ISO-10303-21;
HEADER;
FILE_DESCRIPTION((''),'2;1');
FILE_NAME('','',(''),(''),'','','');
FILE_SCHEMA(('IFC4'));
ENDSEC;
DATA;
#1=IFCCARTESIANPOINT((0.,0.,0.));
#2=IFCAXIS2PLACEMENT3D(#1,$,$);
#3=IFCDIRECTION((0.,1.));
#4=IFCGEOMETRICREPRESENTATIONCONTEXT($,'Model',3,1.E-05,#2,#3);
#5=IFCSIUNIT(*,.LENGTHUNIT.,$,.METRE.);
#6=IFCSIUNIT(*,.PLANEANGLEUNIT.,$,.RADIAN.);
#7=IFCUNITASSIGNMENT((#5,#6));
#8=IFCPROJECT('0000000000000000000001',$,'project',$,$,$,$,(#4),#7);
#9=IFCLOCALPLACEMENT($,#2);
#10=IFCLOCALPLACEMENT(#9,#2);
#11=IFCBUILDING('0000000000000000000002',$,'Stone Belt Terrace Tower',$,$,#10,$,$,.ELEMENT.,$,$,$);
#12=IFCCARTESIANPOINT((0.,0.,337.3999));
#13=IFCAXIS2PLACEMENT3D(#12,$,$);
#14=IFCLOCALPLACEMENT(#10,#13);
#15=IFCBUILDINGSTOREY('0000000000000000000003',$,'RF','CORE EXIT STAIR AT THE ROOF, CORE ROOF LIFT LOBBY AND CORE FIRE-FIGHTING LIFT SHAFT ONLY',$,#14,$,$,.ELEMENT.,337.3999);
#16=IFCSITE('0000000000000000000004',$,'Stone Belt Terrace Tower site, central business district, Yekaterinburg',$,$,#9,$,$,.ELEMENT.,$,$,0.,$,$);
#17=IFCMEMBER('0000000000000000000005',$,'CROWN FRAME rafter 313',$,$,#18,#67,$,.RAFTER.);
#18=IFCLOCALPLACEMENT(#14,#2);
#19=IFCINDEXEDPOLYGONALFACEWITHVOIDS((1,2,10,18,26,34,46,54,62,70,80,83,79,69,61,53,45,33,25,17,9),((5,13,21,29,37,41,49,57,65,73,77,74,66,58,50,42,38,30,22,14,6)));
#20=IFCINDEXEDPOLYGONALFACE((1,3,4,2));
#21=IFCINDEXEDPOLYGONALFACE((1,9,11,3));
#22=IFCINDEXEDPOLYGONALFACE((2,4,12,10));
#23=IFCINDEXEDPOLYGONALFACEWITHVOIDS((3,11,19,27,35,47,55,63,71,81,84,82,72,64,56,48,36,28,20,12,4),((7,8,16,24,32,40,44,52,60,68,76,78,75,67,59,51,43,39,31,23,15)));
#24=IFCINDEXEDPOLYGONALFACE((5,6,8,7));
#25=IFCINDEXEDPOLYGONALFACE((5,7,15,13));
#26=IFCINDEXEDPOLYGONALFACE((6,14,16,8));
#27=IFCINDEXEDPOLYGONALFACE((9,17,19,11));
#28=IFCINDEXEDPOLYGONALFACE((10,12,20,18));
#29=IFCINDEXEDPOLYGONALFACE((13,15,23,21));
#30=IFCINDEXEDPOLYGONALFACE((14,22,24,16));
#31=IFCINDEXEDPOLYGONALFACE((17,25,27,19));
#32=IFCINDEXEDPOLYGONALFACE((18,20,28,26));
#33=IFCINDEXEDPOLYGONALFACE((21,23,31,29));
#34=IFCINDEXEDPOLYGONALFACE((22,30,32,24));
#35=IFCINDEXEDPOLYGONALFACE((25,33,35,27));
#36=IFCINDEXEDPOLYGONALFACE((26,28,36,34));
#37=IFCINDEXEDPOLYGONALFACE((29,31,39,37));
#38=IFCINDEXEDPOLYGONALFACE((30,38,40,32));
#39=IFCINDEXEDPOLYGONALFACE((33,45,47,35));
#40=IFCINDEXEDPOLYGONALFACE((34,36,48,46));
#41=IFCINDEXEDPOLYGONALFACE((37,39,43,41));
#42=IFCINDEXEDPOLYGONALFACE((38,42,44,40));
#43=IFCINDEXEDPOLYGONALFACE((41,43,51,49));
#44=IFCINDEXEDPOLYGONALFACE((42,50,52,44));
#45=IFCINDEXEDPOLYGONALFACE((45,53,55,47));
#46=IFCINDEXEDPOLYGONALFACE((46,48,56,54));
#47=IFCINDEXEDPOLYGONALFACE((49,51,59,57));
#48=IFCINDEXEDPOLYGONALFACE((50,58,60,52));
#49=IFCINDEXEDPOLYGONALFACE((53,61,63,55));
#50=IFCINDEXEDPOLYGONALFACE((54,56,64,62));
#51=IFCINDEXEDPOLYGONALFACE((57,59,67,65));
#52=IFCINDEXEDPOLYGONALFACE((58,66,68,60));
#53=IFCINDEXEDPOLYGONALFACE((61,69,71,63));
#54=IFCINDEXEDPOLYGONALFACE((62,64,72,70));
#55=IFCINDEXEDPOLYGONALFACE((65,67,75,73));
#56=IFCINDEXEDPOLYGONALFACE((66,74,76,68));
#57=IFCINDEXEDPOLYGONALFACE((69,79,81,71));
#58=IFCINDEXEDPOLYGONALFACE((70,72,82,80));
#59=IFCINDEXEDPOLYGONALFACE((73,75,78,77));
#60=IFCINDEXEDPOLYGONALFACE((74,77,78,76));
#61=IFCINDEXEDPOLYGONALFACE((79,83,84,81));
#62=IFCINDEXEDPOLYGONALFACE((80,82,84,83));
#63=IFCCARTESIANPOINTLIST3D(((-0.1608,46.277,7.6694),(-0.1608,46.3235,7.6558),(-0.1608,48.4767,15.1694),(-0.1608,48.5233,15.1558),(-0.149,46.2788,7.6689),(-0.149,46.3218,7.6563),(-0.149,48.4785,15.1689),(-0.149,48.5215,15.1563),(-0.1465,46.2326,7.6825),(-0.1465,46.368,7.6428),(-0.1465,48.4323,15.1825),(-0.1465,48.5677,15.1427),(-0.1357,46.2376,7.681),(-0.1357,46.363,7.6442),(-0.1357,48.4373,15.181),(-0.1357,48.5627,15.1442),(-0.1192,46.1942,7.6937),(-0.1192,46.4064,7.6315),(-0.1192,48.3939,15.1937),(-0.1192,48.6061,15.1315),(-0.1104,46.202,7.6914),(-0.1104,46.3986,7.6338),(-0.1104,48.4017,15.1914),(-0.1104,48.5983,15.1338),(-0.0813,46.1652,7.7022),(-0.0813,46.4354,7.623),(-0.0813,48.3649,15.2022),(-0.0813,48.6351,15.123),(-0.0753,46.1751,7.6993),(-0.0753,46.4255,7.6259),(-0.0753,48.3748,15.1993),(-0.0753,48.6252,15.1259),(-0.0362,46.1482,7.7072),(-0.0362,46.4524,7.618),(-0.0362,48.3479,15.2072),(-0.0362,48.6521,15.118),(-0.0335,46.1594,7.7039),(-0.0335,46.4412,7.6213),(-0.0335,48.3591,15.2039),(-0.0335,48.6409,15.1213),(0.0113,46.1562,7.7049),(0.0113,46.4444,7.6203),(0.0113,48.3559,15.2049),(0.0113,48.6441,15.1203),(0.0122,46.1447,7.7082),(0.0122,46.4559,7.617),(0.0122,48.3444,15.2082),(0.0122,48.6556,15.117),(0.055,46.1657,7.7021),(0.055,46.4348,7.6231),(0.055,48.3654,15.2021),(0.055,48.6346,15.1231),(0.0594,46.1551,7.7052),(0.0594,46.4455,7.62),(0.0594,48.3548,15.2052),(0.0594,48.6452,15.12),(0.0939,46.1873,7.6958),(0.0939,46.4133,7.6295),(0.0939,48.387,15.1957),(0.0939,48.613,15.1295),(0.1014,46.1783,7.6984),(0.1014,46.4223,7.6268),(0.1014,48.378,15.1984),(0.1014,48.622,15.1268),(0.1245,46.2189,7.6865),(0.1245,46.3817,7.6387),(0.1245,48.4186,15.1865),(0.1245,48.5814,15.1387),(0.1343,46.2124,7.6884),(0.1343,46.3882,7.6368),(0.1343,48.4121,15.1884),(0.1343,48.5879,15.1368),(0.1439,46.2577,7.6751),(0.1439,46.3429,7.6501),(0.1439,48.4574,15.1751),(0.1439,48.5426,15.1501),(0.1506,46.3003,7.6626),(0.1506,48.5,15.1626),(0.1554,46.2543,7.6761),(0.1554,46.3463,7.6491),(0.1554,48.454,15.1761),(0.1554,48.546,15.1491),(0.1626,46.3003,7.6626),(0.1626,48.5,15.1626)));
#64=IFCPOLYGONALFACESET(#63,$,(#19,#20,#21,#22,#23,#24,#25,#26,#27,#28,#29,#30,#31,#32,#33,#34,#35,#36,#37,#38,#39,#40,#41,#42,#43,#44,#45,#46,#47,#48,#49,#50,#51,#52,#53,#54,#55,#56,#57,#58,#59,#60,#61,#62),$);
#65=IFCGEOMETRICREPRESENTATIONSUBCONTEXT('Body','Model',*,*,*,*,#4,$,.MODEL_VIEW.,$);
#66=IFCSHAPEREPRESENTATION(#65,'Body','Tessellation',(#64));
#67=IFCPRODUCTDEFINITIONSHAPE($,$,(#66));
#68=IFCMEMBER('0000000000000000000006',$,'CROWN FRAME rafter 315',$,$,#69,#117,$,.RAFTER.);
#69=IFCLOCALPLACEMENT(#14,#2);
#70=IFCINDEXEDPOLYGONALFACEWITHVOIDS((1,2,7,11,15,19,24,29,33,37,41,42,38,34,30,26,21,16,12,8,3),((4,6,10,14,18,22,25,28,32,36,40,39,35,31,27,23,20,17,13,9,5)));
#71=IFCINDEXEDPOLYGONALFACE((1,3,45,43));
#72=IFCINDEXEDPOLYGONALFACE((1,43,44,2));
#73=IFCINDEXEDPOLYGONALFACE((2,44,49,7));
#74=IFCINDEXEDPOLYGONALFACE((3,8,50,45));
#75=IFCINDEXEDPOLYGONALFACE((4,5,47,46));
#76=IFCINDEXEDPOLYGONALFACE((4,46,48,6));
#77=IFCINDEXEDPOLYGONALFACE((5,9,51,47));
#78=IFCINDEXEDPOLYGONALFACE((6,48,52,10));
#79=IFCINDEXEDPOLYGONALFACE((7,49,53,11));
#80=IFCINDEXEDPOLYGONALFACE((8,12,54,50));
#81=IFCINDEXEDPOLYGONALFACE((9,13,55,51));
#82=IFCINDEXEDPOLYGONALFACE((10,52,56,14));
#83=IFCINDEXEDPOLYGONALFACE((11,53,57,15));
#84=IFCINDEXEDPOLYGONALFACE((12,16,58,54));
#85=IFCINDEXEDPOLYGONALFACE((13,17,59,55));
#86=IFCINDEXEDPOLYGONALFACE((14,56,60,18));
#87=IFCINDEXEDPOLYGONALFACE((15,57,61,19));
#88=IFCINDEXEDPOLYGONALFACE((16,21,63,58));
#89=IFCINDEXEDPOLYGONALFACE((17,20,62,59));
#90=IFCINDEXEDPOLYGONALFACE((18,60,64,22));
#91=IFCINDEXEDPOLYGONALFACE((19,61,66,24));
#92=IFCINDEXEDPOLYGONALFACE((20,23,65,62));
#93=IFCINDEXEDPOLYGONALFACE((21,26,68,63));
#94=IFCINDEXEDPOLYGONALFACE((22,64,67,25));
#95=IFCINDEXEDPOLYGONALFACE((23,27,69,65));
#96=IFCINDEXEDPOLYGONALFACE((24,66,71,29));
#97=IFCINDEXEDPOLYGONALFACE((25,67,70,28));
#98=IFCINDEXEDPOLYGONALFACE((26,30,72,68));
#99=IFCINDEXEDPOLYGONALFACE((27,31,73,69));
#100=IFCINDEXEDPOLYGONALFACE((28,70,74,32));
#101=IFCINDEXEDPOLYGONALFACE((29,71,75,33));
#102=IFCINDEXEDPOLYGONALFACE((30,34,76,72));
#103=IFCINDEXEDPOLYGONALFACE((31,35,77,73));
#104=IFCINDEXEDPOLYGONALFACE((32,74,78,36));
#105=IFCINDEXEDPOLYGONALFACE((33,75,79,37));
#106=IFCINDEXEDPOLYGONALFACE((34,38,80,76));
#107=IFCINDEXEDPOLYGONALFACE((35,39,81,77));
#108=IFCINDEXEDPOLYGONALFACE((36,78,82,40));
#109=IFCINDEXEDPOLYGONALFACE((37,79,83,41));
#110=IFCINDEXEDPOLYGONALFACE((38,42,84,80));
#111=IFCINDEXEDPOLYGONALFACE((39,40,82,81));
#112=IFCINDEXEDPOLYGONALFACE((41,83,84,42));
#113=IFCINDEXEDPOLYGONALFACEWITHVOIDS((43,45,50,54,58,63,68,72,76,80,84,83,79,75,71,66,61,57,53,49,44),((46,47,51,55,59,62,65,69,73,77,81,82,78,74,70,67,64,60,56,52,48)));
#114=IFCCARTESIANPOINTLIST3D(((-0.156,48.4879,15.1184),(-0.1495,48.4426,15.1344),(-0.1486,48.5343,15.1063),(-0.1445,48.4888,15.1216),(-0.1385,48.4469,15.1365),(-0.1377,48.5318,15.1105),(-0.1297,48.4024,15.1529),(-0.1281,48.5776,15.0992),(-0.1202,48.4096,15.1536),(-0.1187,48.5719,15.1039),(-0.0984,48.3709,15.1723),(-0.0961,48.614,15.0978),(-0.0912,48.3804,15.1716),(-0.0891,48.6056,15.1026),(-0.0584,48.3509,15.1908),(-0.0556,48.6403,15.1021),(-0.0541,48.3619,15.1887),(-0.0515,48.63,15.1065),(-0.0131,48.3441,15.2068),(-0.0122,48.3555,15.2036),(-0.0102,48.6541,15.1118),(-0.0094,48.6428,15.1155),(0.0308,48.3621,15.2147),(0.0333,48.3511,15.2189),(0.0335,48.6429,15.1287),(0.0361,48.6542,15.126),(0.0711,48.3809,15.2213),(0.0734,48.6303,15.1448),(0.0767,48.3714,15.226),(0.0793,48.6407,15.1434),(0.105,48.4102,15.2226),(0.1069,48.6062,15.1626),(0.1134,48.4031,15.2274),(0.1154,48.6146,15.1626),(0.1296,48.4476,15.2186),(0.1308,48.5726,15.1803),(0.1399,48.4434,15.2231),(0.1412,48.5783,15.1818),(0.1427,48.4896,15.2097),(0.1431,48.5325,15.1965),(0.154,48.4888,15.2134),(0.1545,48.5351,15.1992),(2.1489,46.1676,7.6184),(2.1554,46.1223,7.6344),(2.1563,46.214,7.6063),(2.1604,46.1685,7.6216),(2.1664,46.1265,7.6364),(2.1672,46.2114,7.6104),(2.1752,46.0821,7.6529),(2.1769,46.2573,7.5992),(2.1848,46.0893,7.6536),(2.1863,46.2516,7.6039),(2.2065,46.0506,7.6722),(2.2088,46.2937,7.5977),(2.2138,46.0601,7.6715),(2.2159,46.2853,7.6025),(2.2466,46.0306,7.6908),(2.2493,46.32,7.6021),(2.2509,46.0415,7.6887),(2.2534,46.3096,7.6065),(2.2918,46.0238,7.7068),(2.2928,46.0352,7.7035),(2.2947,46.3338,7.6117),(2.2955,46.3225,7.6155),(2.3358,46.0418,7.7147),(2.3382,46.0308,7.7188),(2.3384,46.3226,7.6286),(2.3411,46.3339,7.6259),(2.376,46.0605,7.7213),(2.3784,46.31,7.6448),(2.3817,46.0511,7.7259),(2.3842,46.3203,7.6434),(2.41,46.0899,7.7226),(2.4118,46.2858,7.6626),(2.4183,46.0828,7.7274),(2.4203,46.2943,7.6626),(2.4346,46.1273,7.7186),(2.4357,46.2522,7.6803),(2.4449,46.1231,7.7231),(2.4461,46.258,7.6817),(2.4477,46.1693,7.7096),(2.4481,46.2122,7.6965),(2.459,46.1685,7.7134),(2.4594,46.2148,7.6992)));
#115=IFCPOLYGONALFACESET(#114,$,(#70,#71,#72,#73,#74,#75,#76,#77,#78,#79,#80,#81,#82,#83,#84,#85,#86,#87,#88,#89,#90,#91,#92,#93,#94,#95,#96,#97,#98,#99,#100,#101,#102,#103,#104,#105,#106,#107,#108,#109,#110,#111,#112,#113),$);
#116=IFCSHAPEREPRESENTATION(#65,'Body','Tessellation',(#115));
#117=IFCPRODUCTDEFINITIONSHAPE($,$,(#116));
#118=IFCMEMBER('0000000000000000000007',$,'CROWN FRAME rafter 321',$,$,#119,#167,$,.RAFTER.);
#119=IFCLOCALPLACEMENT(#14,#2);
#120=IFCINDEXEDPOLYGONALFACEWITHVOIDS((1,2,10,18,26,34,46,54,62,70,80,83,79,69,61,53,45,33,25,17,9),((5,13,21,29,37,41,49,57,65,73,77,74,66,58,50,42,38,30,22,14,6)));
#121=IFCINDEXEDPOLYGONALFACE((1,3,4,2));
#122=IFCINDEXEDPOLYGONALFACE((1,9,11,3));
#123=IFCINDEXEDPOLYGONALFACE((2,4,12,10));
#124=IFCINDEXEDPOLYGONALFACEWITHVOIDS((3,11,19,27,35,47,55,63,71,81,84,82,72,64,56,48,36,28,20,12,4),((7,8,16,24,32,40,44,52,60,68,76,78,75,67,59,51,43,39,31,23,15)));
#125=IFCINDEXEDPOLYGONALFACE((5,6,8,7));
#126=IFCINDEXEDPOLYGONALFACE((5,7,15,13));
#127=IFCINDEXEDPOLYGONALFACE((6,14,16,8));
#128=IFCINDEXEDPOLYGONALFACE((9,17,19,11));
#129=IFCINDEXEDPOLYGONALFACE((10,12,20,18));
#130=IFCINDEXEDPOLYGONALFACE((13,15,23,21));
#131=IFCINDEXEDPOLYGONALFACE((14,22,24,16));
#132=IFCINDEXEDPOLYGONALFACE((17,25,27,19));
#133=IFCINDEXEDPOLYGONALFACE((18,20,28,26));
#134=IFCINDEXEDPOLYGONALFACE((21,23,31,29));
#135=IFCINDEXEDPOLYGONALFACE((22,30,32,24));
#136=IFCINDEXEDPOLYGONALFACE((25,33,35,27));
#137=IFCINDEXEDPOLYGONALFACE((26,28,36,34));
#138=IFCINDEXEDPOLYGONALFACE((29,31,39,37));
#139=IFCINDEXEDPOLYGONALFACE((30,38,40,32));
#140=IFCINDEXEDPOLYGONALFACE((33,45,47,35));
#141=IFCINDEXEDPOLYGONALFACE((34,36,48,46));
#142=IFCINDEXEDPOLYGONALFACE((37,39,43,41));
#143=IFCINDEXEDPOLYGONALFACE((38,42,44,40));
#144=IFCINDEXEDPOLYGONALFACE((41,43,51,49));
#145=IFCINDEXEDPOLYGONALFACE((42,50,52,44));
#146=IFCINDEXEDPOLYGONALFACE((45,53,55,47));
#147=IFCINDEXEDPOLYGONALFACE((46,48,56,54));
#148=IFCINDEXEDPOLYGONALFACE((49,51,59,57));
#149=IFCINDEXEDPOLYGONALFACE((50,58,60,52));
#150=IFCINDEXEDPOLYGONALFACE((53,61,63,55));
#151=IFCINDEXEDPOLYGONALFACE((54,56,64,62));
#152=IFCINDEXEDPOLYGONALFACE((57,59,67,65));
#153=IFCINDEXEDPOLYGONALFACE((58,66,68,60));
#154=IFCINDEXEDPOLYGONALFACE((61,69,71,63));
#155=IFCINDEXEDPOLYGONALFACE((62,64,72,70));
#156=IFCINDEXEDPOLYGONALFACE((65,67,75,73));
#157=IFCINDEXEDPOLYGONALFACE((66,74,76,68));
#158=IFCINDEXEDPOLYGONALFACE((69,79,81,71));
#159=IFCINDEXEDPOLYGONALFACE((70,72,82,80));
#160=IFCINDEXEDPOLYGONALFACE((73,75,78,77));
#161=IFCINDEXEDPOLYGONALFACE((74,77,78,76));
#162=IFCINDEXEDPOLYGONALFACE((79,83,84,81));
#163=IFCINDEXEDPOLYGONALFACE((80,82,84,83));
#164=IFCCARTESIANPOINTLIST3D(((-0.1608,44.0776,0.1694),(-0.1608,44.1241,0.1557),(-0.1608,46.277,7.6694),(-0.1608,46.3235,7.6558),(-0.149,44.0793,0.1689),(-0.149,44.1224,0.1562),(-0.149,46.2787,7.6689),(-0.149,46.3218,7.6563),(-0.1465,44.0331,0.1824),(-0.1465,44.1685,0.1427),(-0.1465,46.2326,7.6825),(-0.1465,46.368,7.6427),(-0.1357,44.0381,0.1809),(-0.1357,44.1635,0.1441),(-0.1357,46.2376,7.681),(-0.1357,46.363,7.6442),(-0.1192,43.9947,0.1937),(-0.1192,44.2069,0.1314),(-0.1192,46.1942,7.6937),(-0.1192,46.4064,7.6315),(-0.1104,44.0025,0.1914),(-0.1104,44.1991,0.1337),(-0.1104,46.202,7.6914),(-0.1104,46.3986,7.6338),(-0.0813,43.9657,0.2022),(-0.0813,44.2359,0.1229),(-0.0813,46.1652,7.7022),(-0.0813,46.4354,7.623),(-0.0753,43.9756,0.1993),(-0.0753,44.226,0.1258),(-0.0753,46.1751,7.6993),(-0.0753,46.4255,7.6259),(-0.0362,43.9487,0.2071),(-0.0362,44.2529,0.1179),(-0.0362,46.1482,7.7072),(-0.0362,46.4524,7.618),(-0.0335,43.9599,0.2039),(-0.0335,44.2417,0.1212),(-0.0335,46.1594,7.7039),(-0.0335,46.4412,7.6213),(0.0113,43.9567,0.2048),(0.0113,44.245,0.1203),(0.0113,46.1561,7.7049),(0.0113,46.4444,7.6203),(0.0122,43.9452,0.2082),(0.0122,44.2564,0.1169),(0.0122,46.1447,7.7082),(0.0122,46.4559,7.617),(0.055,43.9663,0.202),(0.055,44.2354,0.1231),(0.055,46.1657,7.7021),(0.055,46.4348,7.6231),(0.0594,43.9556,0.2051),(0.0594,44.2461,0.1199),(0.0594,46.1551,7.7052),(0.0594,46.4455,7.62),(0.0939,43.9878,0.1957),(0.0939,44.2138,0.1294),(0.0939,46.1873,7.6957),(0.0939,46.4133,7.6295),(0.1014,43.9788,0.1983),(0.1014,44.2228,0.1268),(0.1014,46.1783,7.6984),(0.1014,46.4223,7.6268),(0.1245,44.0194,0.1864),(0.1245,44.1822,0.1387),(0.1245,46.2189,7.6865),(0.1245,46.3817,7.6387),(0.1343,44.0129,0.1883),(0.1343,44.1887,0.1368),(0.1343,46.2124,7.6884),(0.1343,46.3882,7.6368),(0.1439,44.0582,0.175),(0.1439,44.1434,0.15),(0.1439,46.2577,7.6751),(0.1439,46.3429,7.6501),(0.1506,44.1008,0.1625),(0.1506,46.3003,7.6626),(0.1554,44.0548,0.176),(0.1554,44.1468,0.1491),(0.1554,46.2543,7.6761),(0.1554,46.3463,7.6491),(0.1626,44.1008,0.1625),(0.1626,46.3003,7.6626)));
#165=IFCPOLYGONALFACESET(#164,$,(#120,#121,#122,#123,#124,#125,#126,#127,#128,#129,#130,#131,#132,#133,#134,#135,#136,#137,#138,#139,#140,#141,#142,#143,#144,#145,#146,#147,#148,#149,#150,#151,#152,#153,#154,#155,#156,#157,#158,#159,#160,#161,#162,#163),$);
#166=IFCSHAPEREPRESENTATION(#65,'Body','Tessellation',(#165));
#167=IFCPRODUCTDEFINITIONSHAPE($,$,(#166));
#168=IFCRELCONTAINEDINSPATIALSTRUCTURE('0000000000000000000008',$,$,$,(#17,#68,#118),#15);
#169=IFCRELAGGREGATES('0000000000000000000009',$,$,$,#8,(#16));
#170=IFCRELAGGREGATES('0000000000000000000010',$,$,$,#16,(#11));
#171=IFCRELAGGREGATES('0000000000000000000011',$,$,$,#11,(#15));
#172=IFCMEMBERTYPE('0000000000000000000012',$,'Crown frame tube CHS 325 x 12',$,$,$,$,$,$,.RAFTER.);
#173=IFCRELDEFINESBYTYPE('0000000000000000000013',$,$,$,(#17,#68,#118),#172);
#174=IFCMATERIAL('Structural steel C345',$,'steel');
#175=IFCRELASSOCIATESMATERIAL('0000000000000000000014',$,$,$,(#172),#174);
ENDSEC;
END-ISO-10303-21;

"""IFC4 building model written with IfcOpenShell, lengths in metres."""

from ifc_helpers import new_model, si_unit, direction, frame, origin, origin_2d, place, context, subcontext, project, spatial, hollow_circle, extrude, material, material_profile, profile_set, type_object, element, save


model = new_model("IFC4")

# Units and contexts
model_context = context("Model", 3, precision=1e-05, world=origin(), true_north=direction((0.0, 1.0)))
body_context = subcontext(model_context, "Body", "Model", "MODEL_VIEW")
ifc_project = project(units=[si_unit("LENGTHUNIT", "METRE"), si_unit("PLANEANGLEUNIT", "RADIAN")], contexts=[model_context])

# Site, building, storey
site_placement = place(None, origin())
site = spatial("IfcSite", under=ifc_project, at=site_placement, Name="Stone Belt Terrace Tower site, central business district, Yekaterinburg", CompositionType="ELEMENT", RefElevation=0.0)
building_placement = place(site_placement, origin())
building = spatial("IfcBuilding", under=site, at=building_placement, Name="Stone Belt Terrace Tower", CompositionType="ELEMENT")
storey_placement = place(building_placement, frame((0.0, 0.0, 337.3999)))
storey = spatial("IfcBuildingStorey", under=building, at=storey_placement, Name="RF", Description="CORE EXIT STAIR AT THE ROOF, CORE ROOF LIFT LOBBY AND CORE FIRE-FIGHTING LIFT SHAFT ONLY", CompositionType="ELEMENT", Elevation=337.3999)

# Members
ifc_material_1 = material(Name="Structural steel C345", Category="steel")
ifc_material_profile_1 = material_profile(ifc_material_1, hollow_circle(Radius=0.1626, WallThickness=0.012, at=origin_2d()), Name="Structural steel C345 CHS 325x12")
ifc_profile_set_1 = profile_set([ifc_material_profile_1], Name="Structural steel C345")
member_type_1 = type_object("IfcMemberType", Name="Crown frame tube CHS 325 x 12", PredefinedType="RAFTER", material=ifc_profile_set_1)
member_1_placement = place(storey_placement, frame((0.0, 48.5, 15.1626), z_axis=(0.0, -0.281439, -0.959579), x_axis=(1.0, 0.0, 0.0)))
element("IfcMember", 1, at=member_1_placement, inside=storey, type_object=member_type_1, Name="CROWN FRAME rafter 313", PredefinedType="RAFTER", context=body_context, shape_type="SweptSolid", body=[
    extrude(hollow_circle(Radius=0.1626, WallThickness=0.012, at=origin_2d()), origin(), (0.0, 0.0, 1.0), 7.8159),
])
member_2_placement = place(storey_placement, frame((0.0, 48.5, 15.1626), z_axis=(0.281705, -0.283584, -0.916636), x_axis=(0.709454, 0.704751, 0.0)))
element("IfcMember", 2, at=member_2_placement, inside=storey, type_object=member_type_1, Name="CROWN FRAME rafter 315", PredefinedType="RAFTER", context=body_context, shape_type="SweptSolid", body=[
    extrude(hollow_circle(Radius=0.1626, WallThickness=0.012, at=origin_2d()), origin(), (0.0, 0.0, 1.0), 8.1821),
])
member_3_placement = place(storey_placement, frame((0.0, 46.3003, 7.6626), z_axis=(0.0, -0.28141, -0.959588), x_axis=(1.0, 0.0, 0.0)))
element("IfcMember", 3, at=member_3_placement, inside=storey, type_object=member_type_1, Name="CROWN FRAME rafter 321", PredefinedType="RAFTER", context=body_context, shape_type="SweptSolid", body=[
    extrude(hollow_circle(Radius=0.1626, WallThickness=0.012, at=origin_2d()), origin(), (0.0, 0.0, 1.0), 7.8159),
])

save(model, "model.ifc")
